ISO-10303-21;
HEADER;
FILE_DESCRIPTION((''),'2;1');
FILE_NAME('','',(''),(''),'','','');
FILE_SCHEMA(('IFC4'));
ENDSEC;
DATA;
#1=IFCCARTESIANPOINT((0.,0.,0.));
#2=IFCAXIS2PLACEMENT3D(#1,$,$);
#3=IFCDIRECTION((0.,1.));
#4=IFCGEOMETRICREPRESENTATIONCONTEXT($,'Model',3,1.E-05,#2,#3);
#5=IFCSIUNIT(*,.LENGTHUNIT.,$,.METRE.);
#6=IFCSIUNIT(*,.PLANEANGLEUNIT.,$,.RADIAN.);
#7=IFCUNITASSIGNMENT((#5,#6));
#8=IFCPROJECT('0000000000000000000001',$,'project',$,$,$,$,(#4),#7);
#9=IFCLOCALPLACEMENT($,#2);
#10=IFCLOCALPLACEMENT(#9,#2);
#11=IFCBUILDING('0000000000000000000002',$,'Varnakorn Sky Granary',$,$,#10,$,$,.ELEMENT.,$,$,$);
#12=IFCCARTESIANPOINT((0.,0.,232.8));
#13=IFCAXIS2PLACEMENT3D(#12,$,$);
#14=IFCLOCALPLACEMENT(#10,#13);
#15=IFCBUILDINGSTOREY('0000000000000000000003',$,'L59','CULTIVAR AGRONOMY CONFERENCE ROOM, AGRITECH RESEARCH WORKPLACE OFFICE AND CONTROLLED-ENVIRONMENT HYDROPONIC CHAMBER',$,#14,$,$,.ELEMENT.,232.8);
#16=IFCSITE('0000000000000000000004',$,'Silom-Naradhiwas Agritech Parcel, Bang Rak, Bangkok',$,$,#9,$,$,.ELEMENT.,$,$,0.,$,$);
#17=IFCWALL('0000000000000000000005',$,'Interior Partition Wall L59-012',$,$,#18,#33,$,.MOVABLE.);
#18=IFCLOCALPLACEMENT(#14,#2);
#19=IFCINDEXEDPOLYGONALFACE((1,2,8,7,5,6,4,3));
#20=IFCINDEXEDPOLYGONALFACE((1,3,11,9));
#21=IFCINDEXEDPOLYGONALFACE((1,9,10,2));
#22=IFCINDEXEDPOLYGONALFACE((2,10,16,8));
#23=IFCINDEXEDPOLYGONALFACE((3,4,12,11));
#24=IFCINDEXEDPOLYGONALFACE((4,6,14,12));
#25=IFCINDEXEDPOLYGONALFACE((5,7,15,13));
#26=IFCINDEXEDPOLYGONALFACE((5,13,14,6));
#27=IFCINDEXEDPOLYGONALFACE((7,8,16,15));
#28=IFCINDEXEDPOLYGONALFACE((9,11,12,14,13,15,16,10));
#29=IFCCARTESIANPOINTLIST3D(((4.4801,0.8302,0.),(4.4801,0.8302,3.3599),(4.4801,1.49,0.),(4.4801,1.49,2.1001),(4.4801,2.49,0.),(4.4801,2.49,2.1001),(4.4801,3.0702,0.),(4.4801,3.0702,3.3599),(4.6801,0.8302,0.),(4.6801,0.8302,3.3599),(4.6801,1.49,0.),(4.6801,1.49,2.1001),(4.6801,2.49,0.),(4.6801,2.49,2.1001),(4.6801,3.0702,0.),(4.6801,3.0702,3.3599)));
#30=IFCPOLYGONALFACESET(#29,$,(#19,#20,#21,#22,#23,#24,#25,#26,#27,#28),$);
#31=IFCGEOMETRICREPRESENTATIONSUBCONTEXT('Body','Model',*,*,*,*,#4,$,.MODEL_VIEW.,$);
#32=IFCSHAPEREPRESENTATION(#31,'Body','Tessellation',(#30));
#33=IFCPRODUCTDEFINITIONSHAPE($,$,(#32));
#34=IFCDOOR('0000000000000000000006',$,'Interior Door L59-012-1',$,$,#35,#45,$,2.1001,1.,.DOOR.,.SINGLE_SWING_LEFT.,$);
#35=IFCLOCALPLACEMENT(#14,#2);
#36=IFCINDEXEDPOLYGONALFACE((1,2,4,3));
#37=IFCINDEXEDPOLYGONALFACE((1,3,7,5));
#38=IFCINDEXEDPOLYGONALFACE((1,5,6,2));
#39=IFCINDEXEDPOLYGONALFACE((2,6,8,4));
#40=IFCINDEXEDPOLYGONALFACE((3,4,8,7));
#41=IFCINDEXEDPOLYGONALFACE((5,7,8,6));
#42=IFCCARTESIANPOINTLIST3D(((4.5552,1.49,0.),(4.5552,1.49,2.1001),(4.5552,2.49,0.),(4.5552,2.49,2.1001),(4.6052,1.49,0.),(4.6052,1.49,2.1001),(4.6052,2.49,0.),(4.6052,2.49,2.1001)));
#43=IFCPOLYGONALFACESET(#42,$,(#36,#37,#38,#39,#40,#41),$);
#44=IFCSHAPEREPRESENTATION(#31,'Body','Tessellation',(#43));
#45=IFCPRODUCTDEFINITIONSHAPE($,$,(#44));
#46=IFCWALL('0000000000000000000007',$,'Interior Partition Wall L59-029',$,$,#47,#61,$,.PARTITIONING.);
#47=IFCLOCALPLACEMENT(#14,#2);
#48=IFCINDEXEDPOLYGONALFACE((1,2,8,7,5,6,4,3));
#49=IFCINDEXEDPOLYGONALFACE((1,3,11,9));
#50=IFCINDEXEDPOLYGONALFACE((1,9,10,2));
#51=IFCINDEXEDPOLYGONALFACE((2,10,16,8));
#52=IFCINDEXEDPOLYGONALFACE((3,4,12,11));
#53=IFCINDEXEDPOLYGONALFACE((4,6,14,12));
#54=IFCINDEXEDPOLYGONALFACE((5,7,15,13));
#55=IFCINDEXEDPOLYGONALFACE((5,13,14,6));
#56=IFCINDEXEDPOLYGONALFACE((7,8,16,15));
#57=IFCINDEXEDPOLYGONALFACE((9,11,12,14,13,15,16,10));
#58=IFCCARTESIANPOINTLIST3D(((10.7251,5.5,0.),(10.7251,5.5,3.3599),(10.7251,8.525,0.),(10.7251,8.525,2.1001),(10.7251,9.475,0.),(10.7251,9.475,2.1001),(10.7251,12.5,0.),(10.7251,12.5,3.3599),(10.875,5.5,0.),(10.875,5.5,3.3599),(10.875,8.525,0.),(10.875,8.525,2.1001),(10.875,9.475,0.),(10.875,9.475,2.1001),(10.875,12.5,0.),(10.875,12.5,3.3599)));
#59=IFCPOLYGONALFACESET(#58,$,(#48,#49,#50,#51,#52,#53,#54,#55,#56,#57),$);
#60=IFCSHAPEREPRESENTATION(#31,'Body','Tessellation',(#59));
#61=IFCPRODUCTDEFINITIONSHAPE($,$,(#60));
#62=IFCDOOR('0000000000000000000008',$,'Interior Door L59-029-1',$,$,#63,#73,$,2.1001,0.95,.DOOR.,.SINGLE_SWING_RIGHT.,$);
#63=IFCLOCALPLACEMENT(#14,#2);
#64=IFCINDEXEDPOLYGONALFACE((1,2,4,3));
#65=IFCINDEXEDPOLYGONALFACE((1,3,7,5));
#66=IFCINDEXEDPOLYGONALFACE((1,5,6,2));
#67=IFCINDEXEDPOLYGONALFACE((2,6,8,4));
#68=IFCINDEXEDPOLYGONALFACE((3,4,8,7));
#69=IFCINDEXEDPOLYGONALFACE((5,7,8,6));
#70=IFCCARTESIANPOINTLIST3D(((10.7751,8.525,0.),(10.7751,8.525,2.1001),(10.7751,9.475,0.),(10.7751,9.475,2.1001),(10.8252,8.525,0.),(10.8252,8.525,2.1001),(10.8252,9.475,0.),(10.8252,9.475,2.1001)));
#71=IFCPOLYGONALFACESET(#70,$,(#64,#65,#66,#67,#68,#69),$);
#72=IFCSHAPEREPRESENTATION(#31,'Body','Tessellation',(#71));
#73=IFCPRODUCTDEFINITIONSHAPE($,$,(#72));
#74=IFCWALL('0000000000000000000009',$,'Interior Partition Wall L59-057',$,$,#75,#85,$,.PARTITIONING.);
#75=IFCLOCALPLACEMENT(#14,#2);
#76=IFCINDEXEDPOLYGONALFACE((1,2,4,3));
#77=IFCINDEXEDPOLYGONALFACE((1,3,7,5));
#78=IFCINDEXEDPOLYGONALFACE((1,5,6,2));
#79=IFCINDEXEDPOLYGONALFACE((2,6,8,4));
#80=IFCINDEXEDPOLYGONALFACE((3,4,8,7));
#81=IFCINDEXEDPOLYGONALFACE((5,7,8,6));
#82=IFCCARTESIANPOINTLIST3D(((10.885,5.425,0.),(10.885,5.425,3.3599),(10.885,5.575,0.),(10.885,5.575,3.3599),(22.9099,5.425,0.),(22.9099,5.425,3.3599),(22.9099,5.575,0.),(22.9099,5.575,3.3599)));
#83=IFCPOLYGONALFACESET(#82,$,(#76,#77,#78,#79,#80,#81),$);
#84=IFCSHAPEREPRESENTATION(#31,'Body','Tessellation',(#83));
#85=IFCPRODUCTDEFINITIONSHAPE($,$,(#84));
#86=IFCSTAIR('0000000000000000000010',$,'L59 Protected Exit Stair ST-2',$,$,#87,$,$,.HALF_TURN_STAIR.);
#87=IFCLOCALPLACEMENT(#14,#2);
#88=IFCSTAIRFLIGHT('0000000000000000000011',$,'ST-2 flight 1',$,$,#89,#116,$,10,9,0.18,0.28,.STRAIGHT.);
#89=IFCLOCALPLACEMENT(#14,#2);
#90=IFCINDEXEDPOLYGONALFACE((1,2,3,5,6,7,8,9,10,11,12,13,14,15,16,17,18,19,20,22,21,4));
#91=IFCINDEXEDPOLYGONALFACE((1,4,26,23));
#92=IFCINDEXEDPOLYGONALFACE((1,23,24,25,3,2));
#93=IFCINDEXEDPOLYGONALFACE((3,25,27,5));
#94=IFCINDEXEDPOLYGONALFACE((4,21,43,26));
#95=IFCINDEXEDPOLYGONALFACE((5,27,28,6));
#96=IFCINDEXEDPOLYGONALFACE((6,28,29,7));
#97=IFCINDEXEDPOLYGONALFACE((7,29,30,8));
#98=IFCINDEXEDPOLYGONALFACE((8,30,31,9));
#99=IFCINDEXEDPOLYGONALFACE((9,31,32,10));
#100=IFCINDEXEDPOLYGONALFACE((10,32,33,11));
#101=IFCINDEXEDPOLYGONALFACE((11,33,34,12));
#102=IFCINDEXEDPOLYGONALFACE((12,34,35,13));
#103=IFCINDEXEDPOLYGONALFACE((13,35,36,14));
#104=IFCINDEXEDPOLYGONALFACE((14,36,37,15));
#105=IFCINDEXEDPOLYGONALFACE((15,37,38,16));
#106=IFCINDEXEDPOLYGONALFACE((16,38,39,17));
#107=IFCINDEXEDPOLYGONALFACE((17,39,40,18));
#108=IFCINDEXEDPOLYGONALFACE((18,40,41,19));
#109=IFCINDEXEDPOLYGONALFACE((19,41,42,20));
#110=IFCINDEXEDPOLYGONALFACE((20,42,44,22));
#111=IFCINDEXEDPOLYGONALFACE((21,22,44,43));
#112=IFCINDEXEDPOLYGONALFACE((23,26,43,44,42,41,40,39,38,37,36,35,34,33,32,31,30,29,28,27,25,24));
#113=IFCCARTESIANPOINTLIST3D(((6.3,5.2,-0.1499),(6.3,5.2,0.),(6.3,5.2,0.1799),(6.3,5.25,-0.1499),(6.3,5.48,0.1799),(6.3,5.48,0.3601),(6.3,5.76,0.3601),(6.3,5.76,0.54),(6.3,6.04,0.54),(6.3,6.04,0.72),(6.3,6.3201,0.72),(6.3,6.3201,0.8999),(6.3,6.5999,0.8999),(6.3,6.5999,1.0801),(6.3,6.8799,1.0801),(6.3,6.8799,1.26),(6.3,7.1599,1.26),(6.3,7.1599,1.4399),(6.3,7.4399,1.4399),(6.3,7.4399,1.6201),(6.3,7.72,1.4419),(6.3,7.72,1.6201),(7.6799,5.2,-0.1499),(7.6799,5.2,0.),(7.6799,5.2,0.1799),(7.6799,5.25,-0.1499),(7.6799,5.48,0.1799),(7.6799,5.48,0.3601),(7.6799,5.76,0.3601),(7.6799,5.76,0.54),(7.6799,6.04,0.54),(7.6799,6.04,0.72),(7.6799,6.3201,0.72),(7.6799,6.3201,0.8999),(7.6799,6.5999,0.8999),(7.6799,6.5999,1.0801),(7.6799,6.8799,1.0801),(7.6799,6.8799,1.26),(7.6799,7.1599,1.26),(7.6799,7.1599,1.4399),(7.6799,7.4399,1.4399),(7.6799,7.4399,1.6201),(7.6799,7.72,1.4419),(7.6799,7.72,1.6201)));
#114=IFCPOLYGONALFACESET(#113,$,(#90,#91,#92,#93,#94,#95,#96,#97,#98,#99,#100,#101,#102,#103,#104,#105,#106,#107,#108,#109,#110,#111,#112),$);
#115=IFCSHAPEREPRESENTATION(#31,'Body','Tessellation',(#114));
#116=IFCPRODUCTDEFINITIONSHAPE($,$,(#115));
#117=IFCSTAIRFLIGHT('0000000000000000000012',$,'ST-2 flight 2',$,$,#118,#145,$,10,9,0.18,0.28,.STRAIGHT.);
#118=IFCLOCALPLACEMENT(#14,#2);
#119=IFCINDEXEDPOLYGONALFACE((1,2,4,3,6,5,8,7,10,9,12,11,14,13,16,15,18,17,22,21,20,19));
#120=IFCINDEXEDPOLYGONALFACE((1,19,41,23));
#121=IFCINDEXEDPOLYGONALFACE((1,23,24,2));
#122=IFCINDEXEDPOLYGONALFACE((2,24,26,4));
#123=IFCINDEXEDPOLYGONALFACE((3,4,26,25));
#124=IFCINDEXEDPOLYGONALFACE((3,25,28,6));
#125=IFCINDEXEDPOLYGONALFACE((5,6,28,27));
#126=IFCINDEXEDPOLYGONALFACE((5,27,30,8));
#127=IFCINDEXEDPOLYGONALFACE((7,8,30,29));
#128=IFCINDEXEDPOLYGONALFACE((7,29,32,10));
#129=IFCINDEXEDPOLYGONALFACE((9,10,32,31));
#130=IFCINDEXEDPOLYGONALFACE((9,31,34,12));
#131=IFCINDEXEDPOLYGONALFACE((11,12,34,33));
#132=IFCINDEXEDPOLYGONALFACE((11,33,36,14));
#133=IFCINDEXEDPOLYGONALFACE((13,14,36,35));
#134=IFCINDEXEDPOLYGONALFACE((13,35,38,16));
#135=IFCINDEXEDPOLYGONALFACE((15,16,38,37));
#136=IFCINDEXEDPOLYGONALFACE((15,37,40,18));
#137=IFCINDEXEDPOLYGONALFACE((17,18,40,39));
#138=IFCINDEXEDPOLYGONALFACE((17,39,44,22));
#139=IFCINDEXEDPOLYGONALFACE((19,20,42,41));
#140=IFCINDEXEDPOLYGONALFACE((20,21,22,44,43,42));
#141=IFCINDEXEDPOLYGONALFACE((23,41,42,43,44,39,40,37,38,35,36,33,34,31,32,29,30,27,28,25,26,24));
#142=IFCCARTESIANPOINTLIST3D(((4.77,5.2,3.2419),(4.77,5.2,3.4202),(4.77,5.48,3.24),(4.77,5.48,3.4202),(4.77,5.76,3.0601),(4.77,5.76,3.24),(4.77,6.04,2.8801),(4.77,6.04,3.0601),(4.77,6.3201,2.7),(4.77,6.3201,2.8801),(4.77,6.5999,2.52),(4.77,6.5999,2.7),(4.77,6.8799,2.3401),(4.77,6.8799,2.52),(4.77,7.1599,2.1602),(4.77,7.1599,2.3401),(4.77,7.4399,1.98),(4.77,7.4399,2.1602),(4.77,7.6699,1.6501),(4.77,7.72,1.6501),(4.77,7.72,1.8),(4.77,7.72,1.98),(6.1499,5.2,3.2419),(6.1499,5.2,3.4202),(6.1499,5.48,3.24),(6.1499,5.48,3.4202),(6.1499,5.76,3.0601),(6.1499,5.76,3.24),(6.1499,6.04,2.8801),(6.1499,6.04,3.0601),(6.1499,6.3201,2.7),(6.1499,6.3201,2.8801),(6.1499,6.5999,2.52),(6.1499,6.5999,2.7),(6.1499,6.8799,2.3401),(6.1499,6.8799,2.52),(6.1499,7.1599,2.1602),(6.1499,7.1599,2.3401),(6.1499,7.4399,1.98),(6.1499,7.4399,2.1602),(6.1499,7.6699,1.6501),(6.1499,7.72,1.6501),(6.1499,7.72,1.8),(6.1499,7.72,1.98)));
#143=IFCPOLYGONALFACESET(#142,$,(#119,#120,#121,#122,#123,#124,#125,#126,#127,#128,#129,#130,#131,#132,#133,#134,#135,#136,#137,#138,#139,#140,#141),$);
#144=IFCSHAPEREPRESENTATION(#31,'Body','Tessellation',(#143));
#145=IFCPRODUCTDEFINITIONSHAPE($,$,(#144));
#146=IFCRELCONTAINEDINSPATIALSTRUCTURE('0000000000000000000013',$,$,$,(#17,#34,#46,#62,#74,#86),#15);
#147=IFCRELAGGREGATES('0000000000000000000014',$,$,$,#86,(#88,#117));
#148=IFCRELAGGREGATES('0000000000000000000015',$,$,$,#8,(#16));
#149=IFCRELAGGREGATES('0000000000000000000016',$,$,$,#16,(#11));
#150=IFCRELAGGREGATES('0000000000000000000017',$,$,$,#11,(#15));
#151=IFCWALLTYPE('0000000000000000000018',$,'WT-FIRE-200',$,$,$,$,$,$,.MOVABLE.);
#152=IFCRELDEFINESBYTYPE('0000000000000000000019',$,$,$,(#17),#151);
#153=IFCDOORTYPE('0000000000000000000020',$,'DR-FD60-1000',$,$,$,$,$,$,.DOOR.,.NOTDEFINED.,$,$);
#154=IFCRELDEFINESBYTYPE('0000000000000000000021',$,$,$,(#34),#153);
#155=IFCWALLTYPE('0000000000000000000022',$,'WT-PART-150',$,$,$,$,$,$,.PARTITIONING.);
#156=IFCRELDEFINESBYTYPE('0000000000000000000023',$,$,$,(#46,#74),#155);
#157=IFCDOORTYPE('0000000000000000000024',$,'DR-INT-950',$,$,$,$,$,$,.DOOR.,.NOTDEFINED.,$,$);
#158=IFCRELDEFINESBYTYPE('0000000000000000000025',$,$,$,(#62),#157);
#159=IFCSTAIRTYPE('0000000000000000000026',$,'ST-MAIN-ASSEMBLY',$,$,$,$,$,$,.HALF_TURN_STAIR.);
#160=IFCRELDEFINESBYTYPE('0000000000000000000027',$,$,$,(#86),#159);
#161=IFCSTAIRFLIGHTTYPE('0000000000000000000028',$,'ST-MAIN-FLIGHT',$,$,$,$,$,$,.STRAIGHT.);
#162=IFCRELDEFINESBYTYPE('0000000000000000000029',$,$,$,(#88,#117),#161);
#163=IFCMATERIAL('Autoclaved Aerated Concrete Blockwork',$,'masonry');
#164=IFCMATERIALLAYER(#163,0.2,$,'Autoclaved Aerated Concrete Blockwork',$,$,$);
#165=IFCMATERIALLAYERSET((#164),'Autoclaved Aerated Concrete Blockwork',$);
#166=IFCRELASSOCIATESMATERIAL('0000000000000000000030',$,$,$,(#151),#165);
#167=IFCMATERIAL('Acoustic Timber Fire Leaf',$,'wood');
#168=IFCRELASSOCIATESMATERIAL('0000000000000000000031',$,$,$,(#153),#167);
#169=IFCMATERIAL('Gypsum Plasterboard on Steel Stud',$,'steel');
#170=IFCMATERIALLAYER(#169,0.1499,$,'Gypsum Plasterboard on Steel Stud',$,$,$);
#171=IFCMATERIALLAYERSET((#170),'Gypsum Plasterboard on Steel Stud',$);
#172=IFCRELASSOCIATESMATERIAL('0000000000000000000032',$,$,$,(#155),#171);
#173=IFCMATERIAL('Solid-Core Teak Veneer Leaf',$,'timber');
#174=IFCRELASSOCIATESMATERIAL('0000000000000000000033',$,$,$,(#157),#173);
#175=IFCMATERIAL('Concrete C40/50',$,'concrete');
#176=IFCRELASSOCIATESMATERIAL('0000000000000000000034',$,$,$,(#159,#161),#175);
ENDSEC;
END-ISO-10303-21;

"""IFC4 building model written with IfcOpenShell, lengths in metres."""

from ifc_helpers import new_model, si_unit, direction, frame, frame_2d, origin, place, context, subcontext, project, spatial, polyline, rectangle, outline, extrude, material, layer, layer_set, type_object, element, fill, aggregate, save


model = new_model("IFC4")

# Units and contexts
model_context = context("Model", 3, precision=1e-05, world=origin(), true_north=direction((0.0, 1.0)))
body_context = subcontext(model_context, "Body", "Model", "MODEL_VIEW")
ifc_project = project(units=[si_unit("LENGTHUNIT", "METRE"), si_unit("PLANEANGLEUNIT", "RADIAN")], contexts=[model_context])

# Site, building, storey
site_placement = place(None, origin())
site = spatial("IfcSite", under=ifc_project, at=site_placement, Name="Silom-Naradhiwas Agritech Parcel, Bang Rak, Bangkok", CompositionType="ELEMENT", RefElevation=0.0)
building_placement = place(site_placement, origin())
building = spatial("IfcBuilding", under=site, at=building_placement, Name="Varnakorn Sky Granary", CompositionType="ELEMENT")
storey_placement = place(building_placement, frame((0.0, 0.0, 232.8)))
storey = spatial("IfcBuildingStorey", under=building, at=storey_placement, Name="L59", Description="CULTIVAR AGRONOMY CONFERENCE ROOM, AGRITECH RESEARCH WORKPLACE OFFICE AND CONTROLLED-ENVIRONMENT HYDROPONIC CHAMBER", CompositionType="ELEMENT", Elevation=232.8)

# Walls, openings, doors
ifc_material_1 = material(Name="Autoclaved Aerated Concrete Blockwork", Category="masonry")
ifc_layer_1 = layer(ifc_material_1, 0.2, Name="Autoclaved Aerated Concrete Blockwork")
ifc_layer_set_1 = layer_set([ifc_layer_1], Name="Autoclaved Aerated Concrete Blockwork")
wall_type_1 = type_object("IfcWallType", Name="WT-FIRE-200", PredefinedType="MOVABLE", material=ifc_layer_set_1)
wall_1_placement = place(storey_placement, frame((4.5801, 0.8301, 0.0), z_axis=(0.0, 0.0, 1.0), x_axis=(0.0, 1.0, 0.0)))
wall_1 = element("IfcWall", 1, at=wall_1_placement, inside=storey, type_object=wall_type_1, Name="Interior Partition Wall L59-012", PredefinedType="MOVABLE", context=body_context, shape_type="SweptSolid", body=[
    extrude(rectangle(XDim=2.24, YDim=0.2, at=frame_2d((1.1201, 0.0))), origin(), (0.0, 0.0, 1.0), 3.3599),
])
opening_1_placement = place(wall_1_placement, frame((0.6599, 0.0, 0.0)))
opening_1 = element("IfcOpeningElement", 2, at=opening_1_placement, cuts=wall_1, PredefinedType="OPENING", context=body_context, shape_type="SweptSolid", body=[
    extrude(rectangle(XDim=1.0, YDim=2.1001, at=frame_2d((0.5, 1.05))), frame((0.0, 0.1099, 0.0), z_axis=(0.0, -1.0, 0.0), x_axis=(1.0, 0.0, 0.0)), (0.0, 0.0, 1.0), 0.22),
])
ifc_material_2 = material(Name="Acoustic Timber Fire Leaf", Category="wood")
door_type_1 = type_object("IfcDoorType", Name="DR-FD60-1000", OperationType="NOTDEFINED", PredefinedType="DOOR", material=ifc_material_2)
door_1_placement = place(opening_1_placement, origin())
door_1 = element("IfcDoor", 3, at=door_1_placement, inside=storey, type_object=door_type_1, Name="Interior Door L59-012-1", OperationType="SINGLE_SWING_LEFT", OverallHeight=2.1001, OverallWidth=1.0, PredefinedType="DOOR", context=body_context, shape_type="SweptSolid", body=[
    extrude(rectangle(XDim=1.0, YDim=2.1001, at=frame_2d((0.5, 1.05))), frame((0.0, 0.0249, 0.0), z_axis=(0.0, -1.0, 0.0), x_axis=(1.0, 0.0, 0.0)), (0.0, 0.0, 1.0), 0.05),
])
fill(opening_1, door_1)
ifc_material_3 = material(Name="Gypsum Plasterboard on Steel Stud", Category="steel")
ifc_layer_2 = layer(ifc_material_3, 0.1499, Name="Gypsum Plasterboard on Steel Stud")
ifc_layer_set_2 = layer_set([ifc_layer_2], Name="Gypsum Plasterboard on Steel Stud")
wall_type_2 = type_object("IfcWallType", Name="WT-PART-150", PredefinedType="PARTITIONING", material=ifc_layer_set_2)
wall_2_placement = place(storey_placement, frame((10.8, 5.5, 0.0), z_axis=(0.0, 0.0, 1.0), x_axis=(0.0, 1.0, 0.0)))
wall_2 = element("IfcWall", 4, at=wall_2_placement, inside=storey, type_object=wall_type_2, Name="Interior Partition Wall L59-029", PredefinedType="PARTITIONING", context=body_context, shape_type="SweptSolid", body=[
    extrude(rectangle(XDim=7.0, YDim=0.1499, at=frame_2d((3.5, 0.0))), origin(), (0.0, 0.0, 1.0), 3.3599),
])
opening_2_placement = place(wall_2_placement, frame((3.0249, 0.0, 0.0)))
opening_2 = element("IfcOpeningElement", 5, at=opening_2_placement, cuts=wall_2, PredefinedType="OPENING", context=body_context, shape_type="SweptSolid", body=[
    extrude(rectangle(XDim=0.95, YDim=2.1001, at=frame_2d((0.4751, 1.05))), frame((0.0, 0.085, 0.0), z_axis=(0.0, -1.0, 0.0), x_axis=(1.0, 0.0, 0.0)), (0.0, 0.0, 1.0), 0.1699),
])
ifc_material_4 = material(Name="Solid-Core Teak Veneer Leaf", Category="timber")
door_type_2 = type_object("IfcDoorType", Name="DR-INT-950", OperationType="NOTDEFINED", PredefinedType="DOOR", material=ifc_material_4)
door_2_placement = place(opening_2_placement, origin())
door_2 = element("IfcDoor", 6, at=door_2_placement, inside=storey, type_object=door_type_2, Name="Interior Door L59-029-1", OperationType="SINGLE_SWING_RIGHT", OverallHeight=2.1001, OverallWidth=0.95, PredefinedType="DOOR", context=body_context, shape_type="SweptSolid", body=[
    extrude(rectangle(XDim=0.95, YDim=2.1001, at=frame_2d((0.4751, 1.05))), frame((0.0, 0.0249, 0.0), z_axis=(0.0, -1.0, 0.0), x_axis=(1.0, 0.0, 0.0)), (0.0, 0.0, 1.0), 0.05),
])
fill(opening_2, door_2)

# Wall
wall_3_placement = place(storey_placement, frame((10.885, 5.5, 0.0), z_axis=(0.0, 0.0, 1.0), x_axis=(1.0, 0.0, 0.0)))
element("IfcWall", 7, at=wall_3_placement, inside=storey, type_object=wall_type_2, Name="Interior Partition Wall L59-057", PredefinedType="PARTITIONING", context=body_context, shape_type="SweptSolid", body=[
    extrude(rectangle(XDim=12.0249, YDim=0.1499, at=frame_2d((6.0125, 0.0))), origin(), (0.0, 0.0, 1.0), 3.3599),
])

# Stair, stair flights
ifc_material_5 = material(Name="Concrete C40/50", Category="concrete")
stair_type = type_object("IfcStairType", Name="ST-MAIN-ASSEMBLY", PredefinedType="HALF_TURN_STAIR", material=ifc_material_5)
stair_placement = place(storey_placement, origin())
stair = element("IfcStair", 8, at=stair_placement, inside=storey, type_object=stair_type, Name="L59 Protected Exit Stair ST-2", PredefinedType="HALF_TURN_STAIR")
stair_flight_type = type_object("IfcStairFlightType", Name="ST-MAIN-FLIGHT", PredefinedType="STRAIGHT", material=ifc_material_5)
stair_flight_1_placement = place(storey_placement, frame((6.99, 5.2, 0.0), z_axis=(0.0, 0.0, 1.0), x_axis=(0.0, 1.0, 0.0)))
stair_flight_1 = element("IfcStairFlight", 9, at=stair_flight_1_placement, type_object=stair_flight_type, Name="ST-2 flight 1", NumberOfRisers=10, NumberOfTreads=9, PredefinedType="STRAIGHT", RiserHeight=0.18, TreadLength=0.28, context=body_context, shape_type="SweptSolid", body=[
    extrude(outline(polyline([(0.0, -0.1499), (0.0, 0.0), (0.0, 0.1799), (0.28, 0.1799), (0.28, 0.3601), (0.5601, 0.3601), (0.5601, 0.54), (0.8401, 0.54), (0.8401, 0.72), (1.1201, 0.72), (1.1201, 0.8999), (1.3999, 0.8999), (1.3999, 1.0801), (1.6799, 1.0801), (1.6799, 1.26), (1.96, 1.26), (1.96, 1.4399), (2.24, 1.4399), (2.24, 1.6201), (2.52, 1.6201), (2.52, 1.8), (2.52, 1.4419), (0.05, -0.1499), (0.0, -0.1499)])), frame((0.0, 0.6899, 0.0), z_axis=(0.0, -1.0, 0.0), x_axis=(1.0, 0.0, 0.0)), (0.0, 0.0, 1.0), 1.3799),
])
stair_flight_2_placement = place(storey_placement, frame((5.46, 7.72, 1.8), z_axis=(0.0, 0.0, 1.0), x_axis=(0.0, -1.0, 0.0)))
stair_flight_2 = element("IfcStairFlight", 10, at=stair_flight_2_placement, type_object=stair_flight_type, Name="ST-2 flight 2", NumberOfRisers=10, NumberOfTreads=9, PredefinedType="STRAIGHT", RiserHeight=0.18, TreadLength=0.28, context=body_context, shape_type="SweptSolid", body=[
    extrude(outline(polyline([(0.0, -0.1499), (0.0, 0.0), (0.0, 0.1799), (0.28, 0.1799), (0.28, 0.3601), (0.5601, 0.3601), (0.5601, 0.54), (0.8401, 0.54), (0.8401, 0.72), (1.1201, 0.72), (1.1201, 0.8999), (1.3999, 0.8999), (1.3999, 1.0801), (1.6799, 1.0801), (1.6799, 1.26), (1.96, 1.26), (1.96, 1.4399), (2.24, 1.4399), (2.24, 1.6201), (2.52, 1.6201), (2.52, 1.8), (2.52, 1.4419), (0.05, -0.1499), (0.0, -0.1499)])), frame((0.0, 0.6899, 0.0), z_axis=(0.0, -1.0, 0.0), x_axis=(1.0, 0.0, 0.0)), (0.0, 0.0, 1.0), 1.3799),
])
aggregate(stair, [stair_flight_1, stair_flight_2])

save(model, "model.ifc")
